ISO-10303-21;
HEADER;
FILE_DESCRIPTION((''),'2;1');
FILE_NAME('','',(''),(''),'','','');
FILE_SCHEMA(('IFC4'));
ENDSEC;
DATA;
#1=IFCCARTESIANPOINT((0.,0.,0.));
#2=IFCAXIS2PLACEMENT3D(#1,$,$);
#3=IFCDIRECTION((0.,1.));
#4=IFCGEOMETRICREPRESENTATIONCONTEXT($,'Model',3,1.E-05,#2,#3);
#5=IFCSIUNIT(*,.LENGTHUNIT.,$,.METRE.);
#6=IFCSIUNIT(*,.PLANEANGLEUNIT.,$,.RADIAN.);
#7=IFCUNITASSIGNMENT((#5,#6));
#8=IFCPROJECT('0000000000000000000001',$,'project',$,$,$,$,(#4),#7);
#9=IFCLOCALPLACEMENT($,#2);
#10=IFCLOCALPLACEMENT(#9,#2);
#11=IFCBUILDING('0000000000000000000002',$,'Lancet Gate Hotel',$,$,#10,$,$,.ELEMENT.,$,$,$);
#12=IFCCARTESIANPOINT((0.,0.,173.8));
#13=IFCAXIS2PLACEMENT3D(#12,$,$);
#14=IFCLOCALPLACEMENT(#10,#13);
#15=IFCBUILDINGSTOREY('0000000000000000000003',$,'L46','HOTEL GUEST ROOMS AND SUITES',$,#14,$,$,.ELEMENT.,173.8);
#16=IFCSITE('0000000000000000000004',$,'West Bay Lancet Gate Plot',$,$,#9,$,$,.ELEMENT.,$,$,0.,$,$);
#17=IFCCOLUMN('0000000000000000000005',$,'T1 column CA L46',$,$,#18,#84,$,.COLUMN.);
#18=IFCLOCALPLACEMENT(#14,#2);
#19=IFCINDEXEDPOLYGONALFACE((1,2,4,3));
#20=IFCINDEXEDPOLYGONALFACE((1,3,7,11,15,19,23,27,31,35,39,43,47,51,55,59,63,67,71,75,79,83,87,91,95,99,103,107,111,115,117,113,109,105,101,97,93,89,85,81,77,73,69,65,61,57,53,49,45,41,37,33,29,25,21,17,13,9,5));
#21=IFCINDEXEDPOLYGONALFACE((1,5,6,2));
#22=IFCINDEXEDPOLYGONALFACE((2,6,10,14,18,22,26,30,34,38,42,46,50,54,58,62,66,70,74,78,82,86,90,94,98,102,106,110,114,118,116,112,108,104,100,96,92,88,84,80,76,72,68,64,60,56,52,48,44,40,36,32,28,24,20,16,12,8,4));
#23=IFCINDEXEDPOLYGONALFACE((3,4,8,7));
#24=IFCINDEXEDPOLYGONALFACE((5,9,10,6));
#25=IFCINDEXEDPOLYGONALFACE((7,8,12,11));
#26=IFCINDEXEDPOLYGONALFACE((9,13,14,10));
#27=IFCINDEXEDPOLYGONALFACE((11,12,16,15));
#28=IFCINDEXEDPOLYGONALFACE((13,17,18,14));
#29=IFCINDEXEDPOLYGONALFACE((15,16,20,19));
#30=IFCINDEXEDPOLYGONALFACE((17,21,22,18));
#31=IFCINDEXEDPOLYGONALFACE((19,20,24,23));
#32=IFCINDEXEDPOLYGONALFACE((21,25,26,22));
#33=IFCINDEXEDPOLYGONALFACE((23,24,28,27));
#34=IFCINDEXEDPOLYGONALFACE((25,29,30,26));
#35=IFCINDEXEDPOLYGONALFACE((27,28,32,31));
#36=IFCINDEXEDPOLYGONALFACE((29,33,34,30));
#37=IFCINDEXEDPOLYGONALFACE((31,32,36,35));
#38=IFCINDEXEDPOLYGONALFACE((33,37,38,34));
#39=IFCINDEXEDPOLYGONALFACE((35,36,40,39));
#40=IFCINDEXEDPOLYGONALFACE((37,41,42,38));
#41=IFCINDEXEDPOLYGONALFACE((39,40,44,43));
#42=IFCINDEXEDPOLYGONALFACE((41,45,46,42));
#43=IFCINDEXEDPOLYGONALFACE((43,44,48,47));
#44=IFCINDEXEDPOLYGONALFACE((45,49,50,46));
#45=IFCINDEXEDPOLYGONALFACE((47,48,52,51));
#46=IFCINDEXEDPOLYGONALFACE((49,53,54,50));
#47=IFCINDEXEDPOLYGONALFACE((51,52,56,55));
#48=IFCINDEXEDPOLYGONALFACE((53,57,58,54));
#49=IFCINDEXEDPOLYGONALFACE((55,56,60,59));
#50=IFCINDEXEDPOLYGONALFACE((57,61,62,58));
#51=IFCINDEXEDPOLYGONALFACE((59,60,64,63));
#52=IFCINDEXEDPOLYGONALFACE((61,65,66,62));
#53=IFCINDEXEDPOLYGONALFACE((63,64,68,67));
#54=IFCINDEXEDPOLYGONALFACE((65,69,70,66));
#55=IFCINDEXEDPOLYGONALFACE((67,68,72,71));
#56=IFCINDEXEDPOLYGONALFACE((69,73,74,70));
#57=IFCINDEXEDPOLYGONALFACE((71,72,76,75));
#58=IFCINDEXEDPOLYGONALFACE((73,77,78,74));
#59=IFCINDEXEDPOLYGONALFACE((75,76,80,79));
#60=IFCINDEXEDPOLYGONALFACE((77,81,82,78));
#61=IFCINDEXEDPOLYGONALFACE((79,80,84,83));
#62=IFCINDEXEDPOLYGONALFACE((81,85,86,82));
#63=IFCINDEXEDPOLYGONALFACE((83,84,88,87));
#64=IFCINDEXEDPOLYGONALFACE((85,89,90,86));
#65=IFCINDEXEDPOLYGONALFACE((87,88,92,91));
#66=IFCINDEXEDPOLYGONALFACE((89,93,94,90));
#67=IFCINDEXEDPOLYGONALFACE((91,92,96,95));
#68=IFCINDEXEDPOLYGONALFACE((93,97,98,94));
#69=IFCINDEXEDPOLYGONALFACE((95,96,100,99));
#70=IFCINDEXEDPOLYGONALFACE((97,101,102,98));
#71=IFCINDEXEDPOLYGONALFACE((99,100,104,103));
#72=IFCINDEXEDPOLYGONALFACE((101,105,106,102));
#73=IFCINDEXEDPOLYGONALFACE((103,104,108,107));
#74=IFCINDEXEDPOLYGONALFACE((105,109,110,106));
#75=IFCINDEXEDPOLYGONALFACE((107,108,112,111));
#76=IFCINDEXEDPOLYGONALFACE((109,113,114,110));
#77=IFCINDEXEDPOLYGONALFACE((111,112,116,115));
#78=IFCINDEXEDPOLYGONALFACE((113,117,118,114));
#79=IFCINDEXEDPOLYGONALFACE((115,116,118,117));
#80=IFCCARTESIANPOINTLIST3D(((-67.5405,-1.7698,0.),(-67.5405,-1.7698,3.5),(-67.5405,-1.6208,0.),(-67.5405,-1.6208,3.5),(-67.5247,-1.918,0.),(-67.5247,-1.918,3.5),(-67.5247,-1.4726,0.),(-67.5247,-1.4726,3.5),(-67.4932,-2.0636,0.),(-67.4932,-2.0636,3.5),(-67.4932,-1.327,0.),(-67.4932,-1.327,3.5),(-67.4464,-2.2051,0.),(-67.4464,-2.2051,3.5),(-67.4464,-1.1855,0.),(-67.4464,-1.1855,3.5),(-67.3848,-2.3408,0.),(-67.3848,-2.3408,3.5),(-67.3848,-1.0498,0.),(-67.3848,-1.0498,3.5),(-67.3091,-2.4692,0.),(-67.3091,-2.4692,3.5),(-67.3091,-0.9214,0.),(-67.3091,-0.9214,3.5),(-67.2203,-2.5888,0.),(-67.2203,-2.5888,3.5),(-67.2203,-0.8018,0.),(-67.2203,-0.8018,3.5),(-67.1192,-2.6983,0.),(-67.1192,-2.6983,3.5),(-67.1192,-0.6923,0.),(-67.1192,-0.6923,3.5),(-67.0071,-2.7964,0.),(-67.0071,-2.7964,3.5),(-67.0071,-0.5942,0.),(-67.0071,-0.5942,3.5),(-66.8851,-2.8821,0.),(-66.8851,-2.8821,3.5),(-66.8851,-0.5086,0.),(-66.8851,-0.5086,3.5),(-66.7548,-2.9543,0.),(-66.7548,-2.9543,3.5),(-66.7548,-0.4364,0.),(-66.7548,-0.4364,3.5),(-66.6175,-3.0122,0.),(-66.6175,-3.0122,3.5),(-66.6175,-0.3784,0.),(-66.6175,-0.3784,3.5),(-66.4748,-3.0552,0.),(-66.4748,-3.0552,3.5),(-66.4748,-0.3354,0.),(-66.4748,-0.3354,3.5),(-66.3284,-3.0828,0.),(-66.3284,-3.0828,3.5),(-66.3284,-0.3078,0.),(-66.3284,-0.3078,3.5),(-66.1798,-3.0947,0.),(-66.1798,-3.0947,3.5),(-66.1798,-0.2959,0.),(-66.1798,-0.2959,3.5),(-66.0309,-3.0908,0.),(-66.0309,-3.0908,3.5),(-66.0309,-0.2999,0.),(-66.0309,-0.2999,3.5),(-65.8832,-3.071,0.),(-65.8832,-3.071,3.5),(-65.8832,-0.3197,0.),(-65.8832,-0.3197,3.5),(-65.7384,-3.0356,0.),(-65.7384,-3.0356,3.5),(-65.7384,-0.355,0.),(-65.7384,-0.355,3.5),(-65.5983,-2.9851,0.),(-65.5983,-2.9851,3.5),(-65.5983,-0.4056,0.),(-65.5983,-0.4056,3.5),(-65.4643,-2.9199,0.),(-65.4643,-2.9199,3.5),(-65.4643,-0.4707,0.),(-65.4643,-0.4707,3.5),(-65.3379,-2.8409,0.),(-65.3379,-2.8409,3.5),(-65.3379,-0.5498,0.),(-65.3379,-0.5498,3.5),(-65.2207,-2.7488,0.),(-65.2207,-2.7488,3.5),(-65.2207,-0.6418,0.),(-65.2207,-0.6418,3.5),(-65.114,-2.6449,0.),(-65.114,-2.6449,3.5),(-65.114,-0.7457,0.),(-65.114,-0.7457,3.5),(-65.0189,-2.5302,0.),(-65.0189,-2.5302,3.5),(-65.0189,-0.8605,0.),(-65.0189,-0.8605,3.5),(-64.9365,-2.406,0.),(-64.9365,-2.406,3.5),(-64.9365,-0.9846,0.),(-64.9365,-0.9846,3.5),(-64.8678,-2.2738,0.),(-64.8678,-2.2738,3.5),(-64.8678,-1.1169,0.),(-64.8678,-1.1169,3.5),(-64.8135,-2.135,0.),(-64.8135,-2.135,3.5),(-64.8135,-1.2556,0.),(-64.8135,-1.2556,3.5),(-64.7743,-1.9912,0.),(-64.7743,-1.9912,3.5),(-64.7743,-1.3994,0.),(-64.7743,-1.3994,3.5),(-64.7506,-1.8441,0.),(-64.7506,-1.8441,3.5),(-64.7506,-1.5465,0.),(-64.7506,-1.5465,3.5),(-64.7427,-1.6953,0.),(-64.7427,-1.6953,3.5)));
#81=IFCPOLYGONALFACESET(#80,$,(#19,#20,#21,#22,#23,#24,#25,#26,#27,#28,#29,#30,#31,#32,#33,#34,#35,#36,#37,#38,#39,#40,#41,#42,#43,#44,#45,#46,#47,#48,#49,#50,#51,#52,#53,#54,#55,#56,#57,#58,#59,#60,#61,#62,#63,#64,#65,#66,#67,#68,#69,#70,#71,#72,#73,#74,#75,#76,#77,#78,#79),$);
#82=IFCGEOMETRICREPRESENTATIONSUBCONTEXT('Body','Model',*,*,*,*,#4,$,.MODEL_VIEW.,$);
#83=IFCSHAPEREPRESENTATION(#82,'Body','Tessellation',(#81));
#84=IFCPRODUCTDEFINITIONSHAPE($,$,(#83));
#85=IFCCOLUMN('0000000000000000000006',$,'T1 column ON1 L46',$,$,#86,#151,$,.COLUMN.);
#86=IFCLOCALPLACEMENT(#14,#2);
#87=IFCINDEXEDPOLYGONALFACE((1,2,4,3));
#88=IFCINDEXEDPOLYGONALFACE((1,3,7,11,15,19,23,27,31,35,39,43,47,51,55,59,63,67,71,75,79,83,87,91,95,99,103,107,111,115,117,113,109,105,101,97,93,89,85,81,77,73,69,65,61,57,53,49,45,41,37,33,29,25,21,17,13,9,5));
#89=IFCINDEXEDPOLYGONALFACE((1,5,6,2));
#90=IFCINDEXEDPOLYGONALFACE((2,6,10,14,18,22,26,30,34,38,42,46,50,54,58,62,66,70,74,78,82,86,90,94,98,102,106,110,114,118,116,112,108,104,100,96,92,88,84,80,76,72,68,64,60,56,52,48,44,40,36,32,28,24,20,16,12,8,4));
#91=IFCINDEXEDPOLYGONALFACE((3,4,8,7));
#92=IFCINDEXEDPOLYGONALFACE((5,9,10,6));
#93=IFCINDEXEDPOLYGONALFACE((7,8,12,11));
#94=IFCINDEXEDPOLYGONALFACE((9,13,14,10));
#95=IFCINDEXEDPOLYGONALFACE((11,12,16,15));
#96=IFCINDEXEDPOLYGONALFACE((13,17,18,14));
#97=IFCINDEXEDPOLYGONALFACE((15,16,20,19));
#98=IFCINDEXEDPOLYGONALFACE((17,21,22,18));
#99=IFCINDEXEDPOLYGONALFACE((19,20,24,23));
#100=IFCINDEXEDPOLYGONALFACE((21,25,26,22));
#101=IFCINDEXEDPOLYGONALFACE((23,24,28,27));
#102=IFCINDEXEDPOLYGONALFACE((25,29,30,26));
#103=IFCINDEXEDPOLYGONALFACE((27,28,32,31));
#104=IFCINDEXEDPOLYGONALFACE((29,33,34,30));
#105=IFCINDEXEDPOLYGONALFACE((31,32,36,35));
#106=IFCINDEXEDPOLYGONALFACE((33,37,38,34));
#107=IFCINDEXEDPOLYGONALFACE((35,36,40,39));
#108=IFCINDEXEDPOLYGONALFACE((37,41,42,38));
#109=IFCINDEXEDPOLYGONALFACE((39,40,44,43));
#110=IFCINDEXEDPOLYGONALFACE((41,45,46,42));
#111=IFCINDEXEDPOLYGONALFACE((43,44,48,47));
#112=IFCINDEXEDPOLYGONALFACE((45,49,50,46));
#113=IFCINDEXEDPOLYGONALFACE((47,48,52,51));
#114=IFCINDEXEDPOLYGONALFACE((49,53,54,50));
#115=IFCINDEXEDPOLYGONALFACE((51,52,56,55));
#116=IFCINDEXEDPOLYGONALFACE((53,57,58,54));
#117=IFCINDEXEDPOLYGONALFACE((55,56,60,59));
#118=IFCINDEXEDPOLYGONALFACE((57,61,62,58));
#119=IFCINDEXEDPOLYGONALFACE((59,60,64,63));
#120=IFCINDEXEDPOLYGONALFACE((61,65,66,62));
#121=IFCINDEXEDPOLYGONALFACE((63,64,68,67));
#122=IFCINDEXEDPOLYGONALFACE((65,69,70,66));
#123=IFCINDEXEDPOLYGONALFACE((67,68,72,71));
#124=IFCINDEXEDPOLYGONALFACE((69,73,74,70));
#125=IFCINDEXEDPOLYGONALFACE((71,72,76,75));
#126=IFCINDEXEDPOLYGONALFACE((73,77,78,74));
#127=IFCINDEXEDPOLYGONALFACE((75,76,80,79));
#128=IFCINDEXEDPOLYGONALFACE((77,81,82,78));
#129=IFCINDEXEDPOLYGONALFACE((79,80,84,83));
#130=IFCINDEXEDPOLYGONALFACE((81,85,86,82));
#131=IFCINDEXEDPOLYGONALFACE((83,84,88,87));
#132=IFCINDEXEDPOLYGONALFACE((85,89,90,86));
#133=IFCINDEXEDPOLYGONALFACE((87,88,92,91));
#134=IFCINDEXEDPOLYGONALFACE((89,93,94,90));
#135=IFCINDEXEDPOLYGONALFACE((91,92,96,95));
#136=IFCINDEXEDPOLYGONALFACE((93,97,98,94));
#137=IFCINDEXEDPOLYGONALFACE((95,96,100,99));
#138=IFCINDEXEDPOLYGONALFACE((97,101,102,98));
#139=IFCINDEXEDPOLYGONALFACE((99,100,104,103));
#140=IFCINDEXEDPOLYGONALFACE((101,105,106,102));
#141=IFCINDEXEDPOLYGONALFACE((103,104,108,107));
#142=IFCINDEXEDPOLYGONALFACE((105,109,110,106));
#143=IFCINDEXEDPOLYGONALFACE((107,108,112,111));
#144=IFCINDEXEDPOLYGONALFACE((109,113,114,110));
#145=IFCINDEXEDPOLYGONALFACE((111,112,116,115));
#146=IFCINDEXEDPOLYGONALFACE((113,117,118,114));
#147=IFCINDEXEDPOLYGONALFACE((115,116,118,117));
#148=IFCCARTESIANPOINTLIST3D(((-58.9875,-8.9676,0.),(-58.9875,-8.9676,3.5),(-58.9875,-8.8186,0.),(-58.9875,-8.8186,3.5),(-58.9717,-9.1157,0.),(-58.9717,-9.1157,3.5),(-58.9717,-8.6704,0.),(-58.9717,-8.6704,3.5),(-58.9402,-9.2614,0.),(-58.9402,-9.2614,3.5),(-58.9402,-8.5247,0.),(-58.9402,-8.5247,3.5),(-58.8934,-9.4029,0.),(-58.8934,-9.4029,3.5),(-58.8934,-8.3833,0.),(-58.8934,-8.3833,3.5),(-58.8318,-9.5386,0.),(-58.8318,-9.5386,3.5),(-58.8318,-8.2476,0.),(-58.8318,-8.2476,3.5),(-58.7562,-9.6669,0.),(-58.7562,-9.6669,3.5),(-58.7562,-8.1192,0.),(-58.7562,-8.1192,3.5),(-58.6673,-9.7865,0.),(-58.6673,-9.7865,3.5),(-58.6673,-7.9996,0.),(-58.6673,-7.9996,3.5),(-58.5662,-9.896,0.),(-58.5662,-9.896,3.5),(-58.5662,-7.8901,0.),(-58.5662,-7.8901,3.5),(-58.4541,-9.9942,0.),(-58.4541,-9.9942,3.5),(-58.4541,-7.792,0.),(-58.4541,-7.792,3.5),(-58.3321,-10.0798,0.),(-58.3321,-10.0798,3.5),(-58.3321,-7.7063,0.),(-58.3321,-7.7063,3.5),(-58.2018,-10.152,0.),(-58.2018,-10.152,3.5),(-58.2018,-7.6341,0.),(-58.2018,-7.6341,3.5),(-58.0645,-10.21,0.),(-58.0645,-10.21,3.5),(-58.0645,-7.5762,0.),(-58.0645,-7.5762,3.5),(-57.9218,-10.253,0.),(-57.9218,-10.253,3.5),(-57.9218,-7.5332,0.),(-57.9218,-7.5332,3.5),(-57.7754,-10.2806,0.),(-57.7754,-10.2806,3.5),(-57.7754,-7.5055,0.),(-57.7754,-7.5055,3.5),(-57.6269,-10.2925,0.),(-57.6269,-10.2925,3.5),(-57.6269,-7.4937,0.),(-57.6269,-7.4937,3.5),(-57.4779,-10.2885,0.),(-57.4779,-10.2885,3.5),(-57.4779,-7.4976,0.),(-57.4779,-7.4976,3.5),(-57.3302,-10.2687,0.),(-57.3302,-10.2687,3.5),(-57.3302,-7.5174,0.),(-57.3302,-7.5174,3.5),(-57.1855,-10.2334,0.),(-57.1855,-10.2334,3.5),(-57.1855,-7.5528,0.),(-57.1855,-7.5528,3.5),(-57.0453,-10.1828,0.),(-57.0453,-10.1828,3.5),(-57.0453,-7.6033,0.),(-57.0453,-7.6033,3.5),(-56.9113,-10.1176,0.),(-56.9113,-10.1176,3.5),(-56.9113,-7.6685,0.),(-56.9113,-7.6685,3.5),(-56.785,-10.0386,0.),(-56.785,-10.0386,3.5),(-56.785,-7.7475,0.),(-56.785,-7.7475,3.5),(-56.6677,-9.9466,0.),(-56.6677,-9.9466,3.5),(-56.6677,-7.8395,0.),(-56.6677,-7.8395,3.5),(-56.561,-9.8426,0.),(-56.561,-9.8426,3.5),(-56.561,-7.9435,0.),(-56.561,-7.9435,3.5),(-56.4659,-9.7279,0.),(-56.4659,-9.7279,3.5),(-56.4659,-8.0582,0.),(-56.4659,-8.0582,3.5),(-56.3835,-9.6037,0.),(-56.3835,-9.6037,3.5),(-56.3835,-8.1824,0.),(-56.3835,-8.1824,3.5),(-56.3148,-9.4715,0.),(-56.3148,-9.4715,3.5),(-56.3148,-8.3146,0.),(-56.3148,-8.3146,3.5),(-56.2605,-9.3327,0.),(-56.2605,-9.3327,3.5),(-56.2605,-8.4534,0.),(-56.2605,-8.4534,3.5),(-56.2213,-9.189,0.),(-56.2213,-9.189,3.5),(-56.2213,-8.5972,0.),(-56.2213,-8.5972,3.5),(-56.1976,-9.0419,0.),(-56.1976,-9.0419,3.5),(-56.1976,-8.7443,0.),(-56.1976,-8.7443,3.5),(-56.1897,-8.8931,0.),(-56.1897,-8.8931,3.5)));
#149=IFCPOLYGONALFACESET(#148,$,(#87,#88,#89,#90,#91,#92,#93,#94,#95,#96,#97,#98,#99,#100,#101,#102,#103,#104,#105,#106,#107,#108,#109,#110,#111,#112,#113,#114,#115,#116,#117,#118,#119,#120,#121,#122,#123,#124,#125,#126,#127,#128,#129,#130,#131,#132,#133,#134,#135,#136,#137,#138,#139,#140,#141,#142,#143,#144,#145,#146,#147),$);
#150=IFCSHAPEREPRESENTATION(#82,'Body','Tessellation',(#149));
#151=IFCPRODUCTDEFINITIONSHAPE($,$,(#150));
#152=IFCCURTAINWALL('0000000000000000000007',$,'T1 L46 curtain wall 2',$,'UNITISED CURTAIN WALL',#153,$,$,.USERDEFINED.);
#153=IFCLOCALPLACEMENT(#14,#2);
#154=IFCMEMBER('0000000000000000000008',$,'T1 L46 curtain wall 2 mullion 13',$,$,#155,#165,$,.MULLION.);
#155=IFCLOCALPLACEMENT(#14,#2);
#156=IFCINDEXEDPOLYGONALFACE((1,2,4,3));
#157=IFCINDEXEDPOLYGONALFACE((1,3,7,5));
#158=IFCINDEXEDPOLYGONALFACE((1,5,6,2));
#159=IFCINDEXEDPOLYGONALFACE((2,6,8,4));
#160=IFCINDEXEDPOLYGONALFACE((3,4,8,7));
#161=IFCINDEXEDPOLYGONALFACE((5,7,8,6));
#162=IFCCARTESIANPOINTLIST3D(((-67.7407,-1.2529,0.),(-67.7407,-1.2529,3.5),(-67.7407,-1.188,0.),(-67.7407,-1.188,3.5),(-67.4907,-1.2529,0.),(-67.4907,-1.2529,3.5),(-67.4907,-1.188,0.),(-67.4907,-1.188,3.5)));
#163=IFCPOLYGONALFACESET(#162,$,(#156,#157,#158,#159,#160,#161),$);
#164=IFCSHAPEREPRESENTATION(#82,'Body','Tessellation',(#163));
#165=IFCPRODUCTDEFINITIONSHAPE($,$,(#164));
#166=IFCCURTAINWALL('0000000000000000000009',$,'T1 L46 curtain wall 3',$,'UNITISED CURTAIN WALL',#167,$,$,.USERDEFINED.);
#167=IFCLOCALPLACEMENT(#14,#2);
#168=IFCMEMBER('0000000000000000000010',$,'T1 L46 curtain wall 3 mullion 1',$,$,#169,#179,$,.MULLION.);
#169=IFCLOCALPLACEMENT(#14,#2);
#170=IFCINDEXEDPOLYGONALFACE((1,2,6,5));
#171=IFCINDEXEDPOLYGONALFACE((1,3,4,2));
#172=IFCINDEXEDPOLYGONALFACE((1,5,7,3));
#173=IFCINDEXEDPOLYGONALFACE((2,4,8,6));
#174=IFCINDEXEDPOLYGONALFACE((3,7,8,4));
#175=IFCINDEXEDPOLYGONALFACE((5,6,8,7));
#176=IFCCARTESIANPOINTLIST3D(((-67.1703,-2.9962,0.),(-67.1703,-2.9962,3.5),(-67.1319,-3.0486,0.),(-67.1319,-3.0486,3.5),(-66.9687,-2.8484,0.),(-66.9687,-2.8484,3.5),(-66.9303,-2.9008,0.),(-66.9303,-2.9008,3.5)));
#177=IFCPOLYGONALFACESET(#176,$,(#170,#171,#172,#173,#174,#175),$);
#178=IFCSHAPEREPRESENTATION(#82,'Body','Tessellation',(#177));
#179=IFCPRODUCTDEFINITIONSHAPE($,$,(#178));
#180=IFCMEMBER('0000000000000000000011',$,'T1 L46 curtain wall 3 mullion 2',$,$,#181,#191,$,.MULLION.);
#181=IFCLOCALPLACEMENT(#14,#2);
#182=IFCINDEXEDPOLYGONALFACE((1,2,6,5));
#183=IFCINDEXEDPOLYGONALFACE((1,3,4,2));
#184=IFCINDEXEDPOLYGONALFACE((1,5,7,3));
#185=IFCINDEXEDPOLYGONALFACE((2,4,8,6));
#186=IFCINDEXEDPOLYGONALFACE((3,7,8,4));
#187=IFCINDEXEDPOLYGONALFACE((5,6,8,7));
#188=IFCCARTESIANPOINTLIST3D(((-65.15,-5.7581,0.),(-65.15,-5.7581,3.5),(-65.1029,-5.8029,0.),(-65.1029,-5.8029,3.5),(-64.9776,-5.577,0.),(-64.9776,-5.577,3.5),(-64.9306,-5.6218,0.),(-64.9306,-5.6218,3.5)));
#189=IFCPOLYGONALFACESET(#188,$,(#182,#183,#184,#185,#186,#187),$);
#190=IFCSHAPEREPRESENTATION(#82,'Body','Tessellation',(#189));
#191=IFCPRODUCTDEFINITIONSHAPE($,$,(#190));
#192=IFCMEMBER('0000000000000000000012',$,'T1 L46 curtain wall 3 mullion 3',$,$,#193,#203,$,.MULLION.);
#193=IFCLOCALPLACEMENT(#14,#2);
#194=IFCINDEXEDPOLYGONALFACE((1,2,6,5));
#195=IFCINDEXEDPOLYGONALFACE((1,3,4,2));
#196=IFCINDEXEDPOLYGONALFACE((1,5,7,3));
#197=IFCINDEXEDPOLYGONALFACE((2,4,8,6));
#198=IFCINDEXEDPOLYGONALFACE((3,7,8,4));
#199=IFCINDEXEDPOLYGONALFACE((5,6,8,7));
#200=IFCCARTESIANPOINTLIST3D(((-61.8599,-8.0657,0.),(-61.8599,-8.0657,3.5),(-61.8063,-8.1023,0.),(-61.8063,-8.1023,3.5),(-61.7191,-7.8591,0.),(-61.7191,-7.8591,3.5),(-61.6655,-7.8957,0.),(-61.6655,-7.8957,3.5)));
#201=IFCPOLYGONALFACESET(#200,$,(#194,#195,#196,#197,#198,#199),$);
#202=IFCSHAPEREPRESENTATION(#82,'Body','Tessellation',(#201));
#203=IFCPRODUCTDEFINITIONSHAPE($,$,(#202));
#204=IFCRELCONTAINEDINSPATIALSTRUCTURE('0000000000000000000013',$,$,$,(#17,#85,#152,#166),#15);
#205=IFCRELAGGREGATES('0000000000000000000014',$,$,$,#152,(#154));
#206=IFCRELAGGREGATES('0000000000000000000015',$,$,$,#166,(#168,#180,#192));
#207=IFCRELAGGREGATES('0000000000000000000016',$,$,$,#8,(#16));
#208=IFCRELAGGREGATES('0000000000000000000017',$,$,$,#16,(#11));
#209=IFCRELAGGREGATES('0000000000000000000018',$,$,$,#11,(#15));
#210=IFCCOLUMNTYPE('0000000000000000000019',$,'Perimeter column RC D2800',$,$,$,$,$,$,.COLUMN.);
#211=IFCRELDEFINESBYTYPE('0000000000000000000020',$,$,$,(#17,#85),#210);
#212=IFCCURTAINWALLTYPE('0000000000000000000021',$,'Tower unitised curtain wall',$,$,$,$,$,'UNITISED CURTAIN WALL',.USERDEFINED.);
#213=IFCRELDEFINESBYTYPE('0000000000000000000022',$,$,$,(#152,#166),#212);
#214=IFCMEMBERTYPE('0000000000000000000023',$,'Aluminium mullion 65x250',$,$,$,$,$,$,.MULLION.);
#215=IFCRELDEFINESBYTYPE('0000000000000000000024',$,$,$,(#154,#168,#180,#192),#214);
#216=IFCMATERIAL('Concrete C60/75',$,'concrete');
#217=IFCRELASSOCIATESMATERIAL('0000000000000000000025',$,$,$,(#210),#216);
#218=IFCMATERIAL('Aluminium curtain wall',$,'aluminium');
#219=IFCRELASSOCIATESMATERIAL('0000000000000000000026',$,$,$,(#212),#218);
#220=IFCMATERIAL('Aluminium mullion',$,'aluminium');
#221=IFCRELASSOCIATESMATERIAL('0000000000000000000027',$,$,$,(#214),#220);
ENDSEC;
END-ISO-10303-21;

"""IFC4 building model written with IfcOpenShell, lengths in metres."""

from ifc_helpers import new_model, si_unit, direction, frame, origin, origin_2d, place, context, subcontext, project, spatial, rectangle, circle, extrude, material, material_profile, profile_set, type_object, element, aggregate, save


model = new_model("IFC4")

# Units and contexts
model_context = context("Model", 3, precision=1e-05, world=origin(), true_north=direction((0.0, 1.0)))
body_context = subcontext(model_context, "Body", "Model", "MODEL_VIEW")
ifc_project = project(units=[si_unit("LENGTHUNIT", "METRE"), si_unit("PLANEANGLEUNIT", "RADIAN")], contexts=[model_context])

# Site, building, storey
site_placement = place(None, origin())
site = spatial("IfcSite", under=ifc_project, at=site_placement, Name="West Bay Lancet Gate Plot", CompositionType="ELEMENT", RefElevation=0.0)
building_placement = place(site_placement, origin())
building = spatial("IfcBuilding", under=site, at=building_placement, Name="Lancet Gate Hotel", CompositionType="ELEMENT")
storey_placement = place(building_placement, frame((0.0, 0.0, 173.8)))
storey = spatial("IfcBuildingStorey", under=building, at=storey_placement, Name="L46", Description="HOTEL GUEST ROOMS AND SUITES", CompositionType="ELEMENT", Elevation=173.8)

# Columns
ifc_material_1 = material(Name="Concrete C60/75", Category="concrete")
ifc_material_profile_1 = material_profile(ifc_material_1, circle(Radius=1.3999, at=origin_2d()), Name="RC D2800")
ifc_profile_set_1 = profile_set([ifc_material_profile_1], Name="Concrete C60/75")
column_type = type_object("IfcColumnType", Name="Perimeter column RC D2800", PredefinedType="COLUMN", material=ifc_profile_set_1)
for number, where, z_axis, x_axis, name in (
    (1, (-66.1426, -1.6953, 0.0), (0.0, 0.0, 1.0), (1.0, 0.0, 0.0), "T1 column CA L46"),
    (2, (-57.5896, -8.8931, 0.0), (0.0, 0.0, 1.0), (1.0, 0.0, 0.0), "T1 column ON1 L46"),
):
    element("IfcColumn", number, at=place(storey_placement, frame(where, z_axis=z_axis, x_axis=x_axis)), inside=storey, type_object=column_type, Name=name, PredefinedType="COLUMN", context=body_context, shape_type="SweptSolid", body=[
        extrude(circle(Radius=1.3999, at=origin_2d()), origin(), (0.0, 0.0, 1.0), 3.5),
    ])

# Curtain wall, member
ifc_material_2 = material(Name="Aluminium curtain wall", Category="aluminium")
curtain_wall_type = type_object("IfcCurtainWallType", Name="Tower unitised curtain wall", ElementType="UNITISED CURTAIN WALL", PredefinedType="USERDEFINED", material=ifc_material_2)
curtain_wall_1_placement = place(storey_placement, origin())
curtain_wall_1 = element("IfcCurtainWall", 3, at=curtain_wall_1_placement, inside=storey, type_object=curtain_wall_type, Name="T1 L46 curtain wall 2", ObjectType="UNITISED CURTAIN WALL", PredefinedType="USERDEFINED")
ifc_material_3 = material(Name="Aluminium mullion", Category="aluminium")
ifc_material_profile_2 = material_profile(ifc_material_3, rectangle(XDim=0.0649, YDim=0.25, at=origin_2d()), Name="MULLION 65x250")
ifc_profile_set_2 = profile_set([ifc_material_profile_2], Name="Aluminium mullion")
member_type_1 = type_object("IfcMemberType", Name="Aluminium mullion 65x250", PredefinedType="MULLION", material=ifc_profile_set_2)
member_1_placement = place(storey_placement, frame((-67.6157, -1.2205, 0.0), z_axis=(0.0, 0.0, 1.0), x_axis=(0.0, -1.0, 0.0)))
member_1 = element("IfcMember", 4, at=member_1_placement, type_object=member_type_1, Name="T1 L46 curtain wall 2 mullion 13", PredefinedType="MULLION", context=body_context, shape_type="SweptSolid", body=[
    extrude(rectangle(XDim=0.0649, YDim=0.25, at=origin_2d()), origin(), (0.0, 0.0, 1.0), 3.5),
])
aggregate(curtain_wall_1, [member_1])

# Curtain wall, members
curtain_wall_2_placement = place(storey_placement, origin())
curtain_wall_2 = element("IfcCurtainWall", 5, at=curtain_wall_2_placement, inside=storey, type_object=curtain_wall_type, Name="T1 L46 curtain wall 3", ObjectType="UNITISED CURTAIN WALL", PredefinedType="USERDEFINED")
member_2_placement = place(storey_placement, frame((-67.0503, -2.9485, 0.0), z_axis=(0.0, 0.0, 1.0), x_axis=(0.5913, -0.806452, 0.0)))
member_2 = element("IfcMember", 6, at=member_2_placement, type_object=member_type_1, Name="T1 L46 curtain wall 3 mullion 1", PredefinedType="MULLION", context=body_context, shape_type="SweptSolid", body=[
    extrude(rectangle(XDim=0.0649, YDim=0.25, at=origin_2d()), origin(), (0.0, 0.0, 1.0), 3.5),
])
member_3_placement = place(storey_placement, frame((-65.0403, -5.6899, 0.0), z_axis=(0.0, 0.0, 1.0), x_axis=(0.724382, -0.689399, 0.0)))
member_3 = element("IfcMember", 7, at=member_3_placement, type_object=member_type_1, Name="T1 L46 curtain wall 3 mullion 2", PredefinedType="MULLION", context=body_context, shape_type="SweptSolid", body=[
    extrude(rectangle(XDim=0.0649, YDim=0.25, at=origin_2d()), origin(), (0.0, 0.0, 1.0), 3.5),
])
member_4_placement = place(storey_placement, frame((-61.7627, -7.9807, 0.0), z_axis=(0.0, 0.0, 1.0), x_axis=(0.826312, -0.563212, 0.0)))
member_4 = element("IfcMember", 8, at=member_4_placement, type_object=member_type_1, Name="T1 L46 curtain wall 3 mullion 3", PredefinedType="MULLION", context=body_context, shape_type="SweptSolid", body=[
    extrude(rectangle(XDim=0.0649, YDim=0.25, at=origin_2d()), origin(), (0.0, 0.0, 1.0), 3.5),
])

aggregate(curtain_wall_2, [member_2, member_3, member_4])

save(model, "model.ifc")
